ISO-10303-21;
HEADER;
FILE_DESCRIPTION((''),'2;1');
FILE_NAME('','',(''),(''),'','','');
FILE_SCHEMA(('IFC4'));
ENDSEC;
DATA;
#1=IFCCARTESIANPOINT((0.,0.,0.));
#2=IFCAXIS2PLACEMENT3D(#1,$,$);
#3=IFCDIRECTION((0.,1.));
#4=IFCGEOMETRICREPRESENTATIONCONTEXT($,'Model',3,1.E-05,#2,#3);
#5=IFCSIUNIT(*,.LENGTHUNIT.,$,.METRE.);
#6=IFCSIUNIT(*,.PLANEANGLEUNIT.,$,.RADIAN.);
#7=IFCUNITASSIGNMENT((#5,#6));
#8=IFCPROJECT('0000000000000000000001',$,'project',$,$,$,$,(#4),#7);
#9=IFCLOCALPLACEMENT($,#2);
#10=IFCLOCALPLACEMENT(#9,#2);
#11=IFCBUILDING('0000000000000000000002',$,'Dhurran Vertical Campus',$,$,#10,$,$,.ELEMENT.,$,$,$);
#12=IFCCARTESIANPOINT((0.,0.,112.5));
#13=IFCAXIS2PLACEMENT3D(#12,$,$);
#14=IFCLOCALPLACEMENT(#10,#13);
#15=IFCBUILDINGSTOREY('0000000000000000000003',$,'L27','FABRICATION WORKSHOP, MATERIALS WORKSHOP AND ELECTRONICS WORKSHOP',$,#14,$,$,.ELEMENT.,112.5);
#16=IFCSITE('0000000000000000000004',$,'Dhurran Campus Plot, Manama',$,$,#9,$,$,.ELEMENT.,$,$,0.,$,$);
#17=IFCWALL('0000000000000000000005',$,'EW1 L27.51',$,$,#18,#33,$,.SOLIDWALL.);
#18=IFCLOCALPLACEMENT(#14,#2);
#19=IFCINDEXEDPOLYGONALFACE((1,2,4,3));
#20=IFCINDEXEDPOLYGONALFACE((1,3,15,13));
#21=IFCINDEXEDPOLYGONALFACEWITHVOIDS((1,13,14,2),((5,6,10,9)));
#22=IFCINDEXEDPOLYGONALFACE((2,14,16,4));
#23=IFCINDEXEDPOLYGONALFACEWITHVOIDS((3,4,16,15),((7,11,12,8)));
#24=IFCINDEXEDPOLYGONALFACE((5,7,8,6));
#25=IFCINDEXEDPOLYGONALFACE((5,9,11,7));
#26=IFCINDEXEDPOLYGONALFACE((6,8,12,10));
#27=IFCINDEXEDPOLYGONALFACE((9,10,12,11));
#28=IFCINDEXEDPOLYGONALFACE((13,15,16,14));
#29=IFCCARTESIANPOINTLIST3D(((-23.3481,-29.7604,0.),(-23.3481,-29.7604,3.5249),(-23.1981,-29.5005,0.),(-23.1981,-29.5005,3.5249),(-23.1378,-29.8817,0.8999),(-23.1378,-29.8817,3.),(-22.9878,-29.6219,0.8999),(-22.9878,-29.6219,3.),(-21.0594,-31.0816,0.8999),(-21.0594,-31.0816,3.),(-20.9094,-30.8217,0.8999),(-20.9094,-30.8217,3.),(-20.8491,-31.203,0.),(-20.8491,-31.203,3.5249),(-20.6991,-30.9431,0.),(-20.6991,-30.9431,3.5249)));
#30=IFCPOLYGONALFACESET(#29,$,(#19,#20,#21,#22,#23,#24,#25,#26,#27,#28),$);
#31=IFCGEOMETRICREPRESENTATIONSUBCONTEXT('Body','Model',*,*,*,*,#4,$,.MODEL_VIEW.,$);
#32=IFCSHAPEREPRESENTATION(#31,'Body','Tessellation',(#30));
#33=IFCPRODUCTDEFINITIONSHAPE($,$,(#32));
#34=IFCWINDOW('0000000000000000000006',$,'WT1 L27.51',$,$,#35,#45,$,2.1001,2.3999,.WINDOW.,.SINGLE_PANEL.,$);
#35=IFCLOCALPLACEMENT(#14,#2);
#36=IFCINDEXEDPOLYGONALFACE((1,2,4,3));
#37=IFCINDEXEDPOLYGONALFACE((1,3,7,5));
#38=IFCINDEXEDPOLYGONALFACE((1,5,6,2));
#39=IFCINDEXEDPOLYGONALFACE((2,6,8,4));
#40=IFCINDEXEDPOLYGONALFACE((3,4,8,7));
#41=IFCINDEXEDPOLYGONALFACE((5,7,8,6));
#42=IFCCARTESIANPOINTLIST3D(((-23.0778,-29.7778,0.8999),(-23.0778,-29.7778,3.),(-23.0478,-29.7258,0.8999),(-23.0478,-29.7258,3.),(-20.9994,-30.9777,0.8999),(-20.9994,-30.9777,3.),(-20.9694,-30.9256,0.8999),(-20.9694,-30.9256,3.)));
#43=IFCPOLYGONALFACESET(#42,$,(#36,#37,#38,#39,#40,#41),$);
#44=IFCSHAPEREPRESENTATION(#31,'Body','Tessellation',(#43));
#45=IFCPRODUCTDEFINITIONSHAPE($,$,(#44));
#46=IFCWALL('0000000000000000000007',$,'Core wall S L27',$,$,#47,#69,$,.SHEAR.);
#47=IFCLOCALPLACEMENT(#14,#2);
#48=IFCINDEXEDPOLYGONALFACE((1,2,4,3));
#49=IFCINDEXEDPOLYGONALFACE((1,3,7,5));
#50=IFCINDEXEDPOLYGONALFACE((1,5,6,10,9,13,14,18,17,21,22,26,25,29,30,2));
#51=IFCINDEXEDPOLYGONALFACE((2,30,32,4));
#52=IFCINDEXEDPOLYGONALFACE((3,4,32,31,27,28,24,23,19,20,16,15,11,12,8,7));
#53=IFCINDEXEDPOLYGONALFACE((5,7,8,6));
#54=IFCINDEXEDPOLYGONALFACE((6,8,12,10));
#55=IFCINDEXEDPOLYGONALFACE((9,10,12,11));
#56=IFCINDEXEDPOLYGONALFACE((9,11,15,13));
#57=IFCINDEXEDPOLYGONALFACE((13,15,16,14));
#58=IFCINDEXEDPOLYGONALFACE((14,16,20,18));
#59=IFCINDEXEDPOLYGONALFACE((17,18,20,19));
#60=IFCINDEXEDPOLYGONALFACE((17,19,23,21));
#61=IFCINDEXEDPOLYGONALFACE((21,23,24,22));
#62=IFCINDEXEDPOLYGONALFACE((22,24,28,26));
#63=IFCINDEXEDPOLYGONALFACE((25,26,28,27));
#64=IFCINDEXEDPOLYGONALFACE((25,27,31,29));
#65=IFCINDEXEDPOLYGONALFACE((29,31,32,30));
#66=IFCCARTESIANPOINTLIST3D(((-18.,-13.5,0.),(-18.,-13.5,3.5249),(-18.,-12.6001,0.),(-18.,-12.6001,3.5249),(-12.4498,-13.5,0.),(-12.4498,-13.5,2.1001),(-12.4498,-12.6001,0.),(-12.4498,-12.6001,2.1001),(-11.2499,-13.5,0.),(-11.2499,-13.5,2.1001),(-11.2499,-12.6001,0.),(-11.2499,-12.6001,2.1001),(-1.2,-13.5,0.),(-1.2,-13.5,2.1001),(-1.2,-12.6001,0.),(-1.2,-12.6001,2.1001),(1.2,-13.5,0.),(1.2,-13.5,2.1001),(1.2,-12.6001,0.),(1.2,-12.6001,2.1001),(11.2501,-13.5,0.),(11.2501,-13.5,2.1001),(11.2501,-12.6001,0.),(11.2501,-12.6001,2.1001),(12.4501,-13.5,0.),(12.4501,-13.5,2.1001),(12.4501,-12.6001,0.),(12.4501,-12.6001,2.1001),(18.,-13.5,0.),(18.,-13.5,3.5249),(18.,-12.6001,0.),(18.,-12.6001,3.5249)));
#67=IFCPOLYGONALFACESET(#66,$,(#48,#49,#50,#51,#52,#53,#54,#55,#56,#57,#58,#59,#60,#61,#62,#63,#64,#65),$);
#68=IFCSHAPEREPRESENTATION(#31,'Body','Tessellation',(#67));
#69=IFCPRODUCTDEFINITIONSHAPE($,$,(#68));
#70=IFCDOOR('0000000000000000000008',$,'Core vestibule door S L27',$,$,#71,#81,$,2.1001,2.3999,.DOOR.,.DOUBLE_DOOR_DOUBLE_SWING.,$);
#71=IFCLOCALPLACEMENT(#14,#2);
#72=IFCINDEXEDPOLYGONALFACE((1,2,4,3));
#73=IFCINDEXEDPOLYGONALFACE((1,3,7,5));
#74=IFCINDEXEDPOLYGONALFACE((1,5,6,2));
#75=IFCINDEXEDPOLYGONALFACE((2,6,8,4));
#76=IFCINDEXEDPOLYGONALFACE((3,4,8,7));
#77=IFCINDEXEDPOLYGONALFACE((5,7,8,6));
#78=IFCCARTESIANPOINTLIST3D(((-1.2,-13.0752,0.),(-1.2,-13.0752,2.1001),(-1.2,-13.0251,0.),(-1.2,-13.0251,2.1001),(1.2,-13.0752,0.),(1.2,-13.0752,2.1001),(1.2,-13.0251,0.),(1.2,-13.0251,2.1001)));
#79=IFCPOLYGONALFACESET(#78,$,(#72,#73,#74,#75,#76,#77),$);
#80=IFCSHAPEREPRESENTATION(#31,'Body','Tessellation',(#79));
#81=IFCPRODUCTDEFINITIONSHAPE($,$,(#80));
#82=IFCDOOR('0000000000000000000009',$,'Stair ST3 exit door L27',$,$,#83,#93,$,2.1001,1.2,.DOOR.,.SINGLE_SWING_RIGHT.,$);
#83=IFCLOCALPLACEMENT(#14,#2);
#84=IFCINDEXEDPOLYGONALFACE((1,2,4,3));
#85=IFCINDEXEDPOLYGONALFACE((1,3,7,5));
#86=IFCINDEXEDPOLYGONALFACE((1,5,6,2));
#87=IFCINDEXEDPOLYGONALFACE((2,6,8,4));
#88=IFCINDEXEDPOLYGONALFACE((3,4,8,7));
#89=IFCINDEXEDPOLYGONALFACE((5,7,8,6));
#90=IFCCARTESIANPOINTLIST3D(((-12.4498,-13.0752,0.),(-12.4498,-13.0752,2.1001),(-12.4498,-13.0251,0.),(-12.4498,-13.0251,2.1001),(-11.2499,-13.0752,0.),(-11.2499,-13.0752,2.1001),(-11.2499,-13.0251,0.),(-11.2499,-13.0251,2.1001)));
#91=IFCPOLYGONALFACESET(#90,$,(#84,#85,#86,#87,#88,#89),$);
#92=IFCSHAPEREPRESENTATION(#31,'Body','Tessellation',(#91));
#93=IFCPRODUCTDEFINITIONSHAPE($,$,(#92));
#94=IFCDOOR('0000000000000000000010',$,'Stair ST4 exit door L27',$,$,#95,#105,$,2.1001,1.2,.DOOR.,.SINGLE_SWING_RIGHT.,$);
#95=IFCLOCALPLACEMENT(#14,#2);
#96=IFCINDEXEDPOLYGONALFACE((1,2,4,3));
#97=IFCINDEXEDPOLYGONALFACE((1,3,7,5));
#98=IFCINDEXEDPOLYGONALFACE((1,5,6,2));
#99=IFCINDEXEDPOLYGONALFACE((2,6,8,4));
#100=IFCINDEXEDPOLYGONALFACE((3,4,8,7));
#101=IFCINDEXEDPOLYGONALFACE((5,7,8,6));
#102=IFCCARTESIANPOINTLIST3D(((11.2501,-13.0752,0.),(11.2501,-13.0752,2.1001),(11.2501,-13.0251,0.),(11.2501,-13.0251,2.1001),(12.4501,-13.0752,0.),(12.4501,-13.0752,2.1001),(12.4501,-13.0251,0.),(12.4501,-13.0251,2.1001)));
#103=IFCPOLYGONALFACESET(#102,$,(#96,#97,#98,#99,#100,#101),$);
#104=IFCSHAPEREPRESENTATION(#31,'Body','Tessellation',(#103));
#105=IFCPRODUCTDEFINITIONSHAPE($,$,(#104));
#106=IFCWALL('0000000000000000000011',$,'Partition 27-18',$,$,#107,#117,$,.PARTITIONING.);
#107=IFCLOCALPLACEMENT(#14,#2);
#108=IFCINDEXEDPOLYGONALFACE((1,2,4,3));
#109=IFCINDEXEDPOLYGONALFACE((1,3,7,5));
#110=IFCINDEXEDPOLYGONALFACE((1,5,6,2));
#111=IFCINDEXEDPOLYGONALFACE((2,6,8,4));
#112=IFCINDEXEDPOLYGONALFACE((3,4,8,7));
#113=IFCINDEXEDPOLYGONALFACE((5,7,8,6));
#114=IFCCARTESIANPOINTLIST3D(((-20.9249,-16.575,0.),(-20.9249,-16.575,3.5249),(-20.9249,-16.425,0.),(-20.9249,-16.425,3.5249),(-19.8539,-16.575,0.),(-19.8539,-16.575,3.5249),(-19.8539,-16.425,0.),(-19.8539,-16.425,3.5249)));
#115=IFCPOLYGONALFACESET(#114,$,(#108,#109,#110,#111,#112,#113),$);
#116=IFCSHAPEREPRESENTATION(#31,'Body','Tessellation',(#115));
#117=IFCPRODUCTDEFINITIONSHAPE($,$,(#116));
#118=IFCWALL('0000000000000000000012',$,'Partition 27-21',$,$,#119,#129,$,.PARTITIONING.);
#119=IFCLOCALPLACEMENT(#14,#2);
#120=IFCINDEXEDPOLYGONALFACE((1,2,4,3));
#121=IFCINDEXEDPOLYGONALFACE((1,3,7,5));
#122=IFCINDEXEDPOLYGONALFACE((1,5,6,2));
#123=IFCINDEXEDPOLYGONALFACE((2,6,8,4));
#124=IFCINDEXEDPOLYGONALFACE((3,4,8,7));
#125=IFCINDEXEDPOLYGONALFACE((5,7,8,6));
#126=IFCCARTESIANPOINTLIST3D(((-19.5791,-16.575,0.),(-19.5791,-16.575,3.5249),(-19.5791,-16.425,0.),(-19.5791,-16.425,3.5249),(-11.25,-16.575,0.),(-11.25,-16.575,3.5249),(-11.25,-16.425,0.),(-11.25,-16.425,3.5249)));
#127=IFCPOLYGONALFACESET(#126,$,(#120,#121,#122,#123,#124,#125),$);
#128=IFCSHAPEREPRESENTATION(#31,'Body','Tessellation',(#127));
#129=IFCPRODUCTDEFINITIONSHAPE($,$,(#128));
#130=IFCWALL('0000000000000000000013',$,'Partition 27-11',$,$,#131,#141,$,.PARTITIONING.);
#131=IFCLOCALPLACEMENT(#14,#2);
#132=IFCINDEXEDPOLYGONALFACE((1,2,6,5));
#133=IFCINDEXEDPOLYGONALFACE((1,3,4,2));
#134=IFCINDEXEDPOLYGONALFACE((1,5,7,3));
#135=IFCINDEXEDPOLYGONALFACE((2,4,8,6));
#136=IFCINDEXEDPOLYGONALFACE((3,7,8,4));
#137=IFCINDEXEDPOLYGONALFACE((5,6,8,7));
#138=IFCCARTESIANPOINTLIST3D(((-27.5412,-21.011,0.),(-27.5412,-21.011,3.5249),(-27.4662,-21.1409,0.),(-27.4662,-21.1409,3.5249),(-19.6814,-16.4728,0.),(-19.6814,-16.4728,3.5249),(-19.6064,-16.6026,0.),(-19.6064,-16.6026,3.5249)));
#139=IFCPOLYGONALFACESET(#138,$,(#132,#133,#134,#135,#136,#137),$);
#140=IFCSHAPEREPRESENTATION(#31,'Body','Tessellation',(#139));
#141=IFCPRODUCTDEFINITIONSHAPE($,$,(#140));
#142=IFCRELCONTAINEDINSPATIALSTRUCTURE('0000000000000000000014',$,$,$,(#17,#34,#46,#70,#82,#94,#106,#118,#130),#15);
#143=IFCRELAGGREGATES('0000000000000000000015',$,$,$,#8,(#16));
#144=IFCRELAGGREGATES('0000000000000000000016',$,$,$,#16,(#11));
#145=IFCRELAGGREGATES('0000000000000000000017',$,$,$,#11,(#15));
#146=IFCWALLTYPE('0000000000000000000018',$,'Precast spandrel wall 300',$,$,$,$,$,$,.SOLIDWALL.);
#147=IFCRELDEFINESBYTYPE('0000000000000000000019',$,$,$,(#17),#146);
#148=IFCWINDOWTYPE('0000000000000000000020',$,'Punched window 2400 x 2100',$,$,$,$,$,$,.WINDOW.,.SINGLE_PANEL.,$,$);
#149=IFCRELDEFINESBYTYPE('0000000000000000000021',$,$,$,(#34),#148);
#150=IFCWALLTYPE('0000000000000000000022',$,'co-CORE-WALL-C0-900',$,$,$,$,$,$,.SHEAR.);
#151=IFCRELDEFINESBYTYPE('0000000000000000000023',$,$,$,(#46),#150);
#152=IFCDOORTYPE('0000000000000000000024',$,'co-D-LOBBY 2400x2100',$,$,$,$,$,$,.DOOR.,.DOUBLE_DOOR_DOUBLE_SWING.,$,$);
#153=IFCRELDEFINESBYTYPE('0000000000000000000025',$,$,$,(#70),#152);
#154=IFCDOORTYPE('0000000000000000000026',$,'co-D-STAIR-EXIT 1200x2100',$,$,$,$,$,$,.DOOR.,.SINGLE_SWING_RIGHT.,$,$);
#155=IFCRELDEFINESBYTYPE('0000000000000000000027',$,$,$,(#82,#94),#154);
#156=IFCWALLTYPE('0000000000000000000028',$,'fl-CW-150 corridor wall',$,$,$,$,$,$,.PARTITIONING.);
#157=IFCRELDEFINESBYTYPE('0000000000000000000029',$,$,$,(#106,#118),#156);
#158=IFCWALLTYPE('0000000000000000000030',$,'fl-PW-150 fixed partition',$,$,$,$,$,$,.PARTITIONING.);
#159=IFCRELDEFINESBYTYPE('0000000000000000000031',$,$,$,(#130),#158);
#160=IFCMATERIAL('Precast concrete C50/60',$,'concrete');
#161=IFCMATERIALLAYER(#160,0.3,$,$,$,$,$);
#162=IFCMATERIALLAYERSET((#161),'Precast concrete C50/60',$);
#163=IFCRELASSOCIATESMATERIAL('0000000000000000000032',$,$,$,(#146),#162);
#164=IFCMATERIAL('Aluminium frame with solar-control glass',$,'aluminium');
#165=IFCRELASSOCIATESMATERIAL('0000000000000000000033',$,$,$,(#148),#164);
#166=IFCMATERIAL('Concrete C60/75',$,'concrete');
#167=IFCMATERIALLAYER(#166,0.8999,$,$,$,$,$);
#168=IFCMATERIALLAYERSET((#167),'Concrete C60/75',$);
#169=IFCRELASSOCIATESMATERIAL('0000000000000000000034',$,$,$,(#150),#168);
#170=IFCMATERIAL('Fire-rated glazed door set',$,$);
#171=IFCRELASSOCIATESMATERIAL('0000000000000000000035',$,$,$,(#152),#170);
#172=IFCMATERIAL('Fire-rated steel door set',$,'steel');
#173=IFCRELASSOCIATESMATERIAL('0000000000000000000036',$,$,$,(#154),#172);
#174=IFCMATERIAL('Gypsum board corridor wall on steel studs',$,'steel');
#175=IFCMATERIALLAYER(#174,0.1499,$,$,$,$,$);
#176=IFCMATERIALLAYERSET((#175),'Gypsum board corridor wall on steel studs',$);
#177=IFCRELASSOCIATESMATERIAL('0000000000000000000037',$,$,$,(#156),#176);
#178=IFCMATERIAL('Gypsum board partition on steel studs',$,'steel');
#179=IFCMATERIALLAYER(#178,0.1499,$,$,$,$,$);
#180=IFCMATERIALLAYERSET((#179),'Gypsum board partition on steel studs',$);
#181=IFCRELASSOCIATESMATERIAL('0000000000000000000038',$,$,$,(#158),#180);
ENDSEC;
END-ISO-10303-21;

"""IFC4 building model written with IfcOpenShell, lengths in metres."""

from ifc_helpers import new_model, si_unit, direction, frame, frame_2d, origin, place, context, subcontext, project, spatial, rectangle, extrude, material, layer, layer_set, type_object, element, fill, save


model = new_model("IFC4")

# Units and contexts
model_context = context("Model", 3, precision=1e-05, world=origin(), true_north=direction((0.0, 1.0)))
body_context = subcontext(model_context, "Body", "Model", "MODEL_VIEW")
ifc_project = project(units=[si_unit("LENGTHUNIT", "METRE"), si_unit("PLANEANGLEUNIT", "RADIAN")], contexts=[model_context])

# Site, building, storey
site_placement = place(None, origin())
site = spatial("IfcSite", under=ifc_project, at=site_placement, Name="Dhurran Campus Plot, Manama", CompositionType="ELEMENT", RefElevation=0.0)
building_placement = place(site_placement, origin())
building = spatial("IfcBuilding", under=site, at=building_placement, Name="Dhurran Vertical Campus", CompositionType="ELEMENT")
storey_placement = place(building_placement, frame((0.0, 0.0, 112.5)))
storey = spatial("IfcBuildingStorey", under=building, at=storey_placement, Name="L27", Description="FABRICATION WORKSHOP, MATERIALS WORKSHOP AND ELECTRONICS WORKSHOP", CompositionType="ELEMENT", Elevation=112.5)

# Wall, opening, window
ifc_material_1 = material(Name="Precast concrete C50/60", Category="concrete")
ifc_layer_1 = layer(ifc_material_1, 0.3)
ifc_layer_set_1 = layer_set([ifc_layer_1], Name="Precast concrete C50/60")
wall_type_1 = type_object("IfcWallType", Name="Precast spandrel wall 300", PredefinedType="SOLIDWALL", material=ifc_layer_set_1)
ifc_material_2 = material(Name="Aluminium frame with solar-control glass", Category="aluminium")
window_type = type_object("IfcWindowType", Name="Punched window 2400 x 2100", PartitioningType="SINGLE_PANEL", PredefinedType="WINDOW", material=ifc_material_2)
wall_1_placement = place(storey_placement, frame((-23.2732, -29.6304, 0.0), z_axis=(0.0, 0.0, 1.0), x_axis=(0.866053, -0.499952, 0.0)))
wall_1 = element("IfcWall", 1, at=wall_1_placement, inside=storey, type_object=wall_type_1, Name="EW1 L27.51", PredefinedType="SOLIDWALL", context=body_context, shape_type="SweptSolid", body=[
    extrude(rectangle(XDim=2.8855, YDim=0.3, at=frame_2d((1.4429, 0.0))), origin(), (0.0, 0.0, 1.0), 3.5249),
])
opening_1_placement = place(wall_1_placement, frame((0.2429, 0.0, 0.8999)))
opening_1 = element("IfcOpeningElement", 2, at=opening_1_placement, cuts=wall_1, PredefinedType="OPENING", context=body_context, shape_type="SweptSolid", body=[
    extrude(rectangle(XDim=2.3999, YDim=2.1001, at=frame_2d((1.2, 1.05))), frame((0.0, 0.1599, 0.0), z_axis=(0.0, -1.0, 0.0), x_axis=(1.0, 0.0, 0.0)), (0.0, 0.0, 1.0), 0.3201),
])
window_1_placement = place(opening_1_placement, origin())
window_1 = element("IfcWindow", 3, at=window_1_placement, inside=storey, type_object=window_type, Name="WT1 L27.51", OverallHeight=2.1001, OverallWidth=2.3999, PartitioningType="SINGLE_PANEL", PredefinedType="WINDOW", context=body_context, shape_type="SweptSolid", body=[
    extrude(rectangle(XDim=2.3999, YDim=2.1001, at=frame_2d((1.2, 1.05))), frame((0.0, 0.03, 0.0), z_axis=(0.0, -1.0, 0.0), x_axis=(1.0, 0.0, 0.0)), (0.0, 0.0, 1.0), 0.0601),
])
fill(opening_1, window_1)

# Wall, openings, doors
ifc_material_3 = material(Name="Concrete C60/75", Category="concrete")
ifc_layer_2 = layer(ifc_material_3, 0.8999)
ifc_layer_set_2 = layer_set([ifc_layer_2], Name="Concrete C60/75")
wall_type_2 = type_object("IfcWallType", Name="co-CORE-WALL-C0-900", PredefinedType="SHEAR", material=ifc_layer_set_2)
wall_2_placement = place(storey_placement, frame((-18.0, -13.05, 0.0), z_axis=(0.0, 0.0, 1.0), x_axis=(1.0, 0.0, 0.0)))
wall_2 = element("IfcWall", 4, at=wall_2_placement, inside=storey, type_object=wall_type_2, Name="Core wall S L27", PredefinedType="SHEAR", context=body_context, shape_type="SweptSolid", body=[
    extrude(rectangle(XDim=36.0, YDim=0.8999, at=frame_2d((18.0, 0.0))), origin(), (0.0, 0.0, 1.0), 3.5249),
])
opening_2_placement = place(wall_2_placement, frame((16.8, 0.0, 0.0)))
opening_2 = element("IfcOpeningElement", 5, at=opening_2_placement, cuts=wall_2, PredefinedType="OPENING", context=body_context, shape_type="SweptSolid", body=[
    extrude(rectangle(XDim=2.3999, YDim=2.1001, at=frame_2d((1.2, 1.05))), frame((0.0, 0.46, 0.0), z_axis=(0.0, -1.0, 0.0), x_axis=(1.0, 0.0, 0.0)), (0.0, 0.0, 1.0), 0.9199),
])
opening_3_placement = place(wall_2_placement, frame((5.55, 0.0, 0.0)))
opening_3 = element("IfcOpeningElement", 6, at=opening_3_placement, cuts=wall_2, PredefinedType="OPENING", context=body_context, shape_type="SweptSolid", body=[
    extrude(rectangle(XDim=1.2, YDim=2.1001, at=frame_2d((0.6001, 1.05))), frame((0.0, 0.46, 0.0), z_axis=(0.0, -1.0, 0.0), x_axis=(1.0, 0.0, 0.0)), (0.0, 0.0, 1.0), 0.9199),
])
opening_4_placement = place(wall_2_placement, frame((29.25, 0.0, 0.0)))
opening_4 = element("IfcOpeningElement", 7, at=opening_4_placement, cuts=wall_2, PredefinedType="OPENING", context=body_context, shape_type="SweptSolid", body=[
    extrude(rectangle(XDim=1.2, YDim=2.1001, at=frame_2d((0.6001, 1.05))), frame((0.0, 0.46, 0.0), z_axis=(0.0, -1.0, 0.0), x_axis=(1.0, 0.0, 0.0)), (0.0, 0.0, 1.0), 0.9199),
])
ifc_material_4 = material(Name="Fire-rated glazed door set")
door_type_1 = type_object("IfcDoorType", Name="co-D-LOBBY 2400x2100", OperationType="DOUBLE_DOOR_DOUBLE_SWING", PredefinedType="DOOR", material=ifc_material_4)
door_1_placement = place(opening_2_placement, origin())
door_1 = element("IfcDoor", 8, at=door_1_placement, inside=storey, type_object=door_type_1, Name="Core vestibule door S L27", OperationType="DOUBLE_DOOR_DOUBLE_SWING", OverallHeight=2.1001, OverallWidth=2.3999, PredefinedType="DOOR", context=body_context, shape_type="SweptSolid", body=[
    extrude(rectangle(XDim=2.3999, YDim=2.1001, at=frame_2d((1.2, 1.05))), frame((0.0, 0.0249, 0.0), z_axis=(0.0, -1.0, 0.0), x_axis=(1.0, 0.0, 0.0)), (0.0, 0.0, 1.0), 0.05),
])
fill(opening_2, door_1)
ifc_material_5 = material(Name="Fire-rated steel door set", Category="steel")
door_type_2 = type_object("IfcDoorType", Name="co-D-STAIR-EXIT 1200x2100", OperationType="SINGLE_SWING_RIGHT", PredefinedType="DOOR", material=ifc_material_5)
door_2_placement = place(opening_3_placement, origin())
door_2 = element("IfcDoor", 9, at=door_2_placement, inside=storey, type_object=door_type_2, Name="Stair ST3 exit door L27", OperationType="SINGLE_SWING_RIGHT", OverallHeight=2.1001, OverallWidth=1.2, PredefinedType="DOOR", context=body_context, shape_type="SweptSolid", body=[
    extrude(rectangle(XDim=1.2, YDim=2.1001, at=frame_2d((0.6001, 1.05))), frame((0.0, 0.0249, 0.0), z_axis=(0.0, -1.0, 0.0), x_axis=(1.0, 0.0, 0.0)), (0.0, 0.0, 1.0), 0.05),
])
fill(opening_3, door_2)
door_3_placement = place(opening_4_placement, origin())
door_3 = element("IfcDoor", 10, at=door_3_placement, inside=storey, type_object=door_type_2, Name="Stair ST4 exit door L27", OperationType="SINGLE_SWING_RIGHT", OverallHeight=2.1001, OverallWidth=1.2, PredefinedType="DOOR", context=body_context, shape_type="SweptSolid", body=[
    extrude(rectangle(XDim=1.2, YDim=2.1001, at=frame_2d((0.6001, 1.05))), frame((0.0, 0.0249, 0.0), z_axis=(0.0, -1.0, 0.0), x_axis=(1.0, 0.0, 0.0)), (0.0, 0.0, 1.0), 0.05),
])
fill(opening_4, door_3)

# Walls
ifc_material_6 = material(Name="Gypsum board corridor wall on steel studs", Category="steel")
ifc_layer_3 = layer(ifc_material_6, 0.1499)
ifc_layer_set_3 = layer_set([ifc_layer_3], Name="Gypsum board corridor wall on steel studs")
wall_type_3 = type_object("IfcWallType", Name="fl-CW-150 corridor wall", PredefinedType="PARTITIONING", material=ifc_layer_set_3)
wall_3_placement = place(storey_placement, frame((-20.925, -16.5, 0.0), z_axis=(0.0, 0.0, 1.0), x_axis=(1.0, 0.0, 0.0)))
element("IfcWall", 11, at=wall_3_placement, inside=storey, type_object=wall_type_3, Name="Partition 27-18", PredefinedType="PARTITIONING", context=body_context, shape_type="SweptSolid", body=[
    extrude(rectangle(XDim=1.071, YDim=0.1499, at=frame_2d((0.5356, 0.0))), origin(), (0.0, 0.0, 1.0), 3.5249),
])
wall_4_placement = place(storey_placement, frame((-19.5791, -16.5, 0.0), z_axis=(0.0, 0.0, 1.0), x_axis=(1.0, 0.0, 0.0)))
element("IfcWall", 12, at=wall_4_placement, inside=storey, type_object=wall_type_3, Name="Partition 27-21", PredefinedType="PARTITIONING", context=body_context, shape_type="SweptSolid", body=[
    extrude(rectangle(XDim=8.3291, YDim=0.1499, at=frame_2d((4.1646, 0.0))), origin(), (0.0, 0.0, 1.0), 3.5249),
])
ifc_material_7 = material(Name="Gypsum board partition on steel studs", Category="steel")
ifc_layer_4 = layer(ifc_material_7, 0.1499)
ifc_layer_set_4 = layer_set([ifc_layer_4], Name="Gypsum board partition on steel studs")
wall_type_4 = type_object("IfcWallType", Name="fl-PW-150 fixed partition", PredefinedType="PARTITIONING", material=ifc_layer_set_4)
wall_5_placement = place(storey_placement, frame((-19.6438, -16.5376, 0.0), z_axis=(0.0, 0.0, 1.0), x_axis=(-0.866005, -0.500036, 0.0)))
element("IfcWall", 13, at=wall_5_placement, inside=storey, type_object=wall_type_4, Name="Partition 27-11", PredefinedType="PARTITIONING", context=body_context, shape_type="SweptSolid", body=[
    extrude(rectangle(XDim=9.0759, YDim=0.1499, at=frame_2d((4.5381, 0.0))), origin(), (0.0, 0.0, 1.0), 3.5249),
])

save(model, "model.ifc")
